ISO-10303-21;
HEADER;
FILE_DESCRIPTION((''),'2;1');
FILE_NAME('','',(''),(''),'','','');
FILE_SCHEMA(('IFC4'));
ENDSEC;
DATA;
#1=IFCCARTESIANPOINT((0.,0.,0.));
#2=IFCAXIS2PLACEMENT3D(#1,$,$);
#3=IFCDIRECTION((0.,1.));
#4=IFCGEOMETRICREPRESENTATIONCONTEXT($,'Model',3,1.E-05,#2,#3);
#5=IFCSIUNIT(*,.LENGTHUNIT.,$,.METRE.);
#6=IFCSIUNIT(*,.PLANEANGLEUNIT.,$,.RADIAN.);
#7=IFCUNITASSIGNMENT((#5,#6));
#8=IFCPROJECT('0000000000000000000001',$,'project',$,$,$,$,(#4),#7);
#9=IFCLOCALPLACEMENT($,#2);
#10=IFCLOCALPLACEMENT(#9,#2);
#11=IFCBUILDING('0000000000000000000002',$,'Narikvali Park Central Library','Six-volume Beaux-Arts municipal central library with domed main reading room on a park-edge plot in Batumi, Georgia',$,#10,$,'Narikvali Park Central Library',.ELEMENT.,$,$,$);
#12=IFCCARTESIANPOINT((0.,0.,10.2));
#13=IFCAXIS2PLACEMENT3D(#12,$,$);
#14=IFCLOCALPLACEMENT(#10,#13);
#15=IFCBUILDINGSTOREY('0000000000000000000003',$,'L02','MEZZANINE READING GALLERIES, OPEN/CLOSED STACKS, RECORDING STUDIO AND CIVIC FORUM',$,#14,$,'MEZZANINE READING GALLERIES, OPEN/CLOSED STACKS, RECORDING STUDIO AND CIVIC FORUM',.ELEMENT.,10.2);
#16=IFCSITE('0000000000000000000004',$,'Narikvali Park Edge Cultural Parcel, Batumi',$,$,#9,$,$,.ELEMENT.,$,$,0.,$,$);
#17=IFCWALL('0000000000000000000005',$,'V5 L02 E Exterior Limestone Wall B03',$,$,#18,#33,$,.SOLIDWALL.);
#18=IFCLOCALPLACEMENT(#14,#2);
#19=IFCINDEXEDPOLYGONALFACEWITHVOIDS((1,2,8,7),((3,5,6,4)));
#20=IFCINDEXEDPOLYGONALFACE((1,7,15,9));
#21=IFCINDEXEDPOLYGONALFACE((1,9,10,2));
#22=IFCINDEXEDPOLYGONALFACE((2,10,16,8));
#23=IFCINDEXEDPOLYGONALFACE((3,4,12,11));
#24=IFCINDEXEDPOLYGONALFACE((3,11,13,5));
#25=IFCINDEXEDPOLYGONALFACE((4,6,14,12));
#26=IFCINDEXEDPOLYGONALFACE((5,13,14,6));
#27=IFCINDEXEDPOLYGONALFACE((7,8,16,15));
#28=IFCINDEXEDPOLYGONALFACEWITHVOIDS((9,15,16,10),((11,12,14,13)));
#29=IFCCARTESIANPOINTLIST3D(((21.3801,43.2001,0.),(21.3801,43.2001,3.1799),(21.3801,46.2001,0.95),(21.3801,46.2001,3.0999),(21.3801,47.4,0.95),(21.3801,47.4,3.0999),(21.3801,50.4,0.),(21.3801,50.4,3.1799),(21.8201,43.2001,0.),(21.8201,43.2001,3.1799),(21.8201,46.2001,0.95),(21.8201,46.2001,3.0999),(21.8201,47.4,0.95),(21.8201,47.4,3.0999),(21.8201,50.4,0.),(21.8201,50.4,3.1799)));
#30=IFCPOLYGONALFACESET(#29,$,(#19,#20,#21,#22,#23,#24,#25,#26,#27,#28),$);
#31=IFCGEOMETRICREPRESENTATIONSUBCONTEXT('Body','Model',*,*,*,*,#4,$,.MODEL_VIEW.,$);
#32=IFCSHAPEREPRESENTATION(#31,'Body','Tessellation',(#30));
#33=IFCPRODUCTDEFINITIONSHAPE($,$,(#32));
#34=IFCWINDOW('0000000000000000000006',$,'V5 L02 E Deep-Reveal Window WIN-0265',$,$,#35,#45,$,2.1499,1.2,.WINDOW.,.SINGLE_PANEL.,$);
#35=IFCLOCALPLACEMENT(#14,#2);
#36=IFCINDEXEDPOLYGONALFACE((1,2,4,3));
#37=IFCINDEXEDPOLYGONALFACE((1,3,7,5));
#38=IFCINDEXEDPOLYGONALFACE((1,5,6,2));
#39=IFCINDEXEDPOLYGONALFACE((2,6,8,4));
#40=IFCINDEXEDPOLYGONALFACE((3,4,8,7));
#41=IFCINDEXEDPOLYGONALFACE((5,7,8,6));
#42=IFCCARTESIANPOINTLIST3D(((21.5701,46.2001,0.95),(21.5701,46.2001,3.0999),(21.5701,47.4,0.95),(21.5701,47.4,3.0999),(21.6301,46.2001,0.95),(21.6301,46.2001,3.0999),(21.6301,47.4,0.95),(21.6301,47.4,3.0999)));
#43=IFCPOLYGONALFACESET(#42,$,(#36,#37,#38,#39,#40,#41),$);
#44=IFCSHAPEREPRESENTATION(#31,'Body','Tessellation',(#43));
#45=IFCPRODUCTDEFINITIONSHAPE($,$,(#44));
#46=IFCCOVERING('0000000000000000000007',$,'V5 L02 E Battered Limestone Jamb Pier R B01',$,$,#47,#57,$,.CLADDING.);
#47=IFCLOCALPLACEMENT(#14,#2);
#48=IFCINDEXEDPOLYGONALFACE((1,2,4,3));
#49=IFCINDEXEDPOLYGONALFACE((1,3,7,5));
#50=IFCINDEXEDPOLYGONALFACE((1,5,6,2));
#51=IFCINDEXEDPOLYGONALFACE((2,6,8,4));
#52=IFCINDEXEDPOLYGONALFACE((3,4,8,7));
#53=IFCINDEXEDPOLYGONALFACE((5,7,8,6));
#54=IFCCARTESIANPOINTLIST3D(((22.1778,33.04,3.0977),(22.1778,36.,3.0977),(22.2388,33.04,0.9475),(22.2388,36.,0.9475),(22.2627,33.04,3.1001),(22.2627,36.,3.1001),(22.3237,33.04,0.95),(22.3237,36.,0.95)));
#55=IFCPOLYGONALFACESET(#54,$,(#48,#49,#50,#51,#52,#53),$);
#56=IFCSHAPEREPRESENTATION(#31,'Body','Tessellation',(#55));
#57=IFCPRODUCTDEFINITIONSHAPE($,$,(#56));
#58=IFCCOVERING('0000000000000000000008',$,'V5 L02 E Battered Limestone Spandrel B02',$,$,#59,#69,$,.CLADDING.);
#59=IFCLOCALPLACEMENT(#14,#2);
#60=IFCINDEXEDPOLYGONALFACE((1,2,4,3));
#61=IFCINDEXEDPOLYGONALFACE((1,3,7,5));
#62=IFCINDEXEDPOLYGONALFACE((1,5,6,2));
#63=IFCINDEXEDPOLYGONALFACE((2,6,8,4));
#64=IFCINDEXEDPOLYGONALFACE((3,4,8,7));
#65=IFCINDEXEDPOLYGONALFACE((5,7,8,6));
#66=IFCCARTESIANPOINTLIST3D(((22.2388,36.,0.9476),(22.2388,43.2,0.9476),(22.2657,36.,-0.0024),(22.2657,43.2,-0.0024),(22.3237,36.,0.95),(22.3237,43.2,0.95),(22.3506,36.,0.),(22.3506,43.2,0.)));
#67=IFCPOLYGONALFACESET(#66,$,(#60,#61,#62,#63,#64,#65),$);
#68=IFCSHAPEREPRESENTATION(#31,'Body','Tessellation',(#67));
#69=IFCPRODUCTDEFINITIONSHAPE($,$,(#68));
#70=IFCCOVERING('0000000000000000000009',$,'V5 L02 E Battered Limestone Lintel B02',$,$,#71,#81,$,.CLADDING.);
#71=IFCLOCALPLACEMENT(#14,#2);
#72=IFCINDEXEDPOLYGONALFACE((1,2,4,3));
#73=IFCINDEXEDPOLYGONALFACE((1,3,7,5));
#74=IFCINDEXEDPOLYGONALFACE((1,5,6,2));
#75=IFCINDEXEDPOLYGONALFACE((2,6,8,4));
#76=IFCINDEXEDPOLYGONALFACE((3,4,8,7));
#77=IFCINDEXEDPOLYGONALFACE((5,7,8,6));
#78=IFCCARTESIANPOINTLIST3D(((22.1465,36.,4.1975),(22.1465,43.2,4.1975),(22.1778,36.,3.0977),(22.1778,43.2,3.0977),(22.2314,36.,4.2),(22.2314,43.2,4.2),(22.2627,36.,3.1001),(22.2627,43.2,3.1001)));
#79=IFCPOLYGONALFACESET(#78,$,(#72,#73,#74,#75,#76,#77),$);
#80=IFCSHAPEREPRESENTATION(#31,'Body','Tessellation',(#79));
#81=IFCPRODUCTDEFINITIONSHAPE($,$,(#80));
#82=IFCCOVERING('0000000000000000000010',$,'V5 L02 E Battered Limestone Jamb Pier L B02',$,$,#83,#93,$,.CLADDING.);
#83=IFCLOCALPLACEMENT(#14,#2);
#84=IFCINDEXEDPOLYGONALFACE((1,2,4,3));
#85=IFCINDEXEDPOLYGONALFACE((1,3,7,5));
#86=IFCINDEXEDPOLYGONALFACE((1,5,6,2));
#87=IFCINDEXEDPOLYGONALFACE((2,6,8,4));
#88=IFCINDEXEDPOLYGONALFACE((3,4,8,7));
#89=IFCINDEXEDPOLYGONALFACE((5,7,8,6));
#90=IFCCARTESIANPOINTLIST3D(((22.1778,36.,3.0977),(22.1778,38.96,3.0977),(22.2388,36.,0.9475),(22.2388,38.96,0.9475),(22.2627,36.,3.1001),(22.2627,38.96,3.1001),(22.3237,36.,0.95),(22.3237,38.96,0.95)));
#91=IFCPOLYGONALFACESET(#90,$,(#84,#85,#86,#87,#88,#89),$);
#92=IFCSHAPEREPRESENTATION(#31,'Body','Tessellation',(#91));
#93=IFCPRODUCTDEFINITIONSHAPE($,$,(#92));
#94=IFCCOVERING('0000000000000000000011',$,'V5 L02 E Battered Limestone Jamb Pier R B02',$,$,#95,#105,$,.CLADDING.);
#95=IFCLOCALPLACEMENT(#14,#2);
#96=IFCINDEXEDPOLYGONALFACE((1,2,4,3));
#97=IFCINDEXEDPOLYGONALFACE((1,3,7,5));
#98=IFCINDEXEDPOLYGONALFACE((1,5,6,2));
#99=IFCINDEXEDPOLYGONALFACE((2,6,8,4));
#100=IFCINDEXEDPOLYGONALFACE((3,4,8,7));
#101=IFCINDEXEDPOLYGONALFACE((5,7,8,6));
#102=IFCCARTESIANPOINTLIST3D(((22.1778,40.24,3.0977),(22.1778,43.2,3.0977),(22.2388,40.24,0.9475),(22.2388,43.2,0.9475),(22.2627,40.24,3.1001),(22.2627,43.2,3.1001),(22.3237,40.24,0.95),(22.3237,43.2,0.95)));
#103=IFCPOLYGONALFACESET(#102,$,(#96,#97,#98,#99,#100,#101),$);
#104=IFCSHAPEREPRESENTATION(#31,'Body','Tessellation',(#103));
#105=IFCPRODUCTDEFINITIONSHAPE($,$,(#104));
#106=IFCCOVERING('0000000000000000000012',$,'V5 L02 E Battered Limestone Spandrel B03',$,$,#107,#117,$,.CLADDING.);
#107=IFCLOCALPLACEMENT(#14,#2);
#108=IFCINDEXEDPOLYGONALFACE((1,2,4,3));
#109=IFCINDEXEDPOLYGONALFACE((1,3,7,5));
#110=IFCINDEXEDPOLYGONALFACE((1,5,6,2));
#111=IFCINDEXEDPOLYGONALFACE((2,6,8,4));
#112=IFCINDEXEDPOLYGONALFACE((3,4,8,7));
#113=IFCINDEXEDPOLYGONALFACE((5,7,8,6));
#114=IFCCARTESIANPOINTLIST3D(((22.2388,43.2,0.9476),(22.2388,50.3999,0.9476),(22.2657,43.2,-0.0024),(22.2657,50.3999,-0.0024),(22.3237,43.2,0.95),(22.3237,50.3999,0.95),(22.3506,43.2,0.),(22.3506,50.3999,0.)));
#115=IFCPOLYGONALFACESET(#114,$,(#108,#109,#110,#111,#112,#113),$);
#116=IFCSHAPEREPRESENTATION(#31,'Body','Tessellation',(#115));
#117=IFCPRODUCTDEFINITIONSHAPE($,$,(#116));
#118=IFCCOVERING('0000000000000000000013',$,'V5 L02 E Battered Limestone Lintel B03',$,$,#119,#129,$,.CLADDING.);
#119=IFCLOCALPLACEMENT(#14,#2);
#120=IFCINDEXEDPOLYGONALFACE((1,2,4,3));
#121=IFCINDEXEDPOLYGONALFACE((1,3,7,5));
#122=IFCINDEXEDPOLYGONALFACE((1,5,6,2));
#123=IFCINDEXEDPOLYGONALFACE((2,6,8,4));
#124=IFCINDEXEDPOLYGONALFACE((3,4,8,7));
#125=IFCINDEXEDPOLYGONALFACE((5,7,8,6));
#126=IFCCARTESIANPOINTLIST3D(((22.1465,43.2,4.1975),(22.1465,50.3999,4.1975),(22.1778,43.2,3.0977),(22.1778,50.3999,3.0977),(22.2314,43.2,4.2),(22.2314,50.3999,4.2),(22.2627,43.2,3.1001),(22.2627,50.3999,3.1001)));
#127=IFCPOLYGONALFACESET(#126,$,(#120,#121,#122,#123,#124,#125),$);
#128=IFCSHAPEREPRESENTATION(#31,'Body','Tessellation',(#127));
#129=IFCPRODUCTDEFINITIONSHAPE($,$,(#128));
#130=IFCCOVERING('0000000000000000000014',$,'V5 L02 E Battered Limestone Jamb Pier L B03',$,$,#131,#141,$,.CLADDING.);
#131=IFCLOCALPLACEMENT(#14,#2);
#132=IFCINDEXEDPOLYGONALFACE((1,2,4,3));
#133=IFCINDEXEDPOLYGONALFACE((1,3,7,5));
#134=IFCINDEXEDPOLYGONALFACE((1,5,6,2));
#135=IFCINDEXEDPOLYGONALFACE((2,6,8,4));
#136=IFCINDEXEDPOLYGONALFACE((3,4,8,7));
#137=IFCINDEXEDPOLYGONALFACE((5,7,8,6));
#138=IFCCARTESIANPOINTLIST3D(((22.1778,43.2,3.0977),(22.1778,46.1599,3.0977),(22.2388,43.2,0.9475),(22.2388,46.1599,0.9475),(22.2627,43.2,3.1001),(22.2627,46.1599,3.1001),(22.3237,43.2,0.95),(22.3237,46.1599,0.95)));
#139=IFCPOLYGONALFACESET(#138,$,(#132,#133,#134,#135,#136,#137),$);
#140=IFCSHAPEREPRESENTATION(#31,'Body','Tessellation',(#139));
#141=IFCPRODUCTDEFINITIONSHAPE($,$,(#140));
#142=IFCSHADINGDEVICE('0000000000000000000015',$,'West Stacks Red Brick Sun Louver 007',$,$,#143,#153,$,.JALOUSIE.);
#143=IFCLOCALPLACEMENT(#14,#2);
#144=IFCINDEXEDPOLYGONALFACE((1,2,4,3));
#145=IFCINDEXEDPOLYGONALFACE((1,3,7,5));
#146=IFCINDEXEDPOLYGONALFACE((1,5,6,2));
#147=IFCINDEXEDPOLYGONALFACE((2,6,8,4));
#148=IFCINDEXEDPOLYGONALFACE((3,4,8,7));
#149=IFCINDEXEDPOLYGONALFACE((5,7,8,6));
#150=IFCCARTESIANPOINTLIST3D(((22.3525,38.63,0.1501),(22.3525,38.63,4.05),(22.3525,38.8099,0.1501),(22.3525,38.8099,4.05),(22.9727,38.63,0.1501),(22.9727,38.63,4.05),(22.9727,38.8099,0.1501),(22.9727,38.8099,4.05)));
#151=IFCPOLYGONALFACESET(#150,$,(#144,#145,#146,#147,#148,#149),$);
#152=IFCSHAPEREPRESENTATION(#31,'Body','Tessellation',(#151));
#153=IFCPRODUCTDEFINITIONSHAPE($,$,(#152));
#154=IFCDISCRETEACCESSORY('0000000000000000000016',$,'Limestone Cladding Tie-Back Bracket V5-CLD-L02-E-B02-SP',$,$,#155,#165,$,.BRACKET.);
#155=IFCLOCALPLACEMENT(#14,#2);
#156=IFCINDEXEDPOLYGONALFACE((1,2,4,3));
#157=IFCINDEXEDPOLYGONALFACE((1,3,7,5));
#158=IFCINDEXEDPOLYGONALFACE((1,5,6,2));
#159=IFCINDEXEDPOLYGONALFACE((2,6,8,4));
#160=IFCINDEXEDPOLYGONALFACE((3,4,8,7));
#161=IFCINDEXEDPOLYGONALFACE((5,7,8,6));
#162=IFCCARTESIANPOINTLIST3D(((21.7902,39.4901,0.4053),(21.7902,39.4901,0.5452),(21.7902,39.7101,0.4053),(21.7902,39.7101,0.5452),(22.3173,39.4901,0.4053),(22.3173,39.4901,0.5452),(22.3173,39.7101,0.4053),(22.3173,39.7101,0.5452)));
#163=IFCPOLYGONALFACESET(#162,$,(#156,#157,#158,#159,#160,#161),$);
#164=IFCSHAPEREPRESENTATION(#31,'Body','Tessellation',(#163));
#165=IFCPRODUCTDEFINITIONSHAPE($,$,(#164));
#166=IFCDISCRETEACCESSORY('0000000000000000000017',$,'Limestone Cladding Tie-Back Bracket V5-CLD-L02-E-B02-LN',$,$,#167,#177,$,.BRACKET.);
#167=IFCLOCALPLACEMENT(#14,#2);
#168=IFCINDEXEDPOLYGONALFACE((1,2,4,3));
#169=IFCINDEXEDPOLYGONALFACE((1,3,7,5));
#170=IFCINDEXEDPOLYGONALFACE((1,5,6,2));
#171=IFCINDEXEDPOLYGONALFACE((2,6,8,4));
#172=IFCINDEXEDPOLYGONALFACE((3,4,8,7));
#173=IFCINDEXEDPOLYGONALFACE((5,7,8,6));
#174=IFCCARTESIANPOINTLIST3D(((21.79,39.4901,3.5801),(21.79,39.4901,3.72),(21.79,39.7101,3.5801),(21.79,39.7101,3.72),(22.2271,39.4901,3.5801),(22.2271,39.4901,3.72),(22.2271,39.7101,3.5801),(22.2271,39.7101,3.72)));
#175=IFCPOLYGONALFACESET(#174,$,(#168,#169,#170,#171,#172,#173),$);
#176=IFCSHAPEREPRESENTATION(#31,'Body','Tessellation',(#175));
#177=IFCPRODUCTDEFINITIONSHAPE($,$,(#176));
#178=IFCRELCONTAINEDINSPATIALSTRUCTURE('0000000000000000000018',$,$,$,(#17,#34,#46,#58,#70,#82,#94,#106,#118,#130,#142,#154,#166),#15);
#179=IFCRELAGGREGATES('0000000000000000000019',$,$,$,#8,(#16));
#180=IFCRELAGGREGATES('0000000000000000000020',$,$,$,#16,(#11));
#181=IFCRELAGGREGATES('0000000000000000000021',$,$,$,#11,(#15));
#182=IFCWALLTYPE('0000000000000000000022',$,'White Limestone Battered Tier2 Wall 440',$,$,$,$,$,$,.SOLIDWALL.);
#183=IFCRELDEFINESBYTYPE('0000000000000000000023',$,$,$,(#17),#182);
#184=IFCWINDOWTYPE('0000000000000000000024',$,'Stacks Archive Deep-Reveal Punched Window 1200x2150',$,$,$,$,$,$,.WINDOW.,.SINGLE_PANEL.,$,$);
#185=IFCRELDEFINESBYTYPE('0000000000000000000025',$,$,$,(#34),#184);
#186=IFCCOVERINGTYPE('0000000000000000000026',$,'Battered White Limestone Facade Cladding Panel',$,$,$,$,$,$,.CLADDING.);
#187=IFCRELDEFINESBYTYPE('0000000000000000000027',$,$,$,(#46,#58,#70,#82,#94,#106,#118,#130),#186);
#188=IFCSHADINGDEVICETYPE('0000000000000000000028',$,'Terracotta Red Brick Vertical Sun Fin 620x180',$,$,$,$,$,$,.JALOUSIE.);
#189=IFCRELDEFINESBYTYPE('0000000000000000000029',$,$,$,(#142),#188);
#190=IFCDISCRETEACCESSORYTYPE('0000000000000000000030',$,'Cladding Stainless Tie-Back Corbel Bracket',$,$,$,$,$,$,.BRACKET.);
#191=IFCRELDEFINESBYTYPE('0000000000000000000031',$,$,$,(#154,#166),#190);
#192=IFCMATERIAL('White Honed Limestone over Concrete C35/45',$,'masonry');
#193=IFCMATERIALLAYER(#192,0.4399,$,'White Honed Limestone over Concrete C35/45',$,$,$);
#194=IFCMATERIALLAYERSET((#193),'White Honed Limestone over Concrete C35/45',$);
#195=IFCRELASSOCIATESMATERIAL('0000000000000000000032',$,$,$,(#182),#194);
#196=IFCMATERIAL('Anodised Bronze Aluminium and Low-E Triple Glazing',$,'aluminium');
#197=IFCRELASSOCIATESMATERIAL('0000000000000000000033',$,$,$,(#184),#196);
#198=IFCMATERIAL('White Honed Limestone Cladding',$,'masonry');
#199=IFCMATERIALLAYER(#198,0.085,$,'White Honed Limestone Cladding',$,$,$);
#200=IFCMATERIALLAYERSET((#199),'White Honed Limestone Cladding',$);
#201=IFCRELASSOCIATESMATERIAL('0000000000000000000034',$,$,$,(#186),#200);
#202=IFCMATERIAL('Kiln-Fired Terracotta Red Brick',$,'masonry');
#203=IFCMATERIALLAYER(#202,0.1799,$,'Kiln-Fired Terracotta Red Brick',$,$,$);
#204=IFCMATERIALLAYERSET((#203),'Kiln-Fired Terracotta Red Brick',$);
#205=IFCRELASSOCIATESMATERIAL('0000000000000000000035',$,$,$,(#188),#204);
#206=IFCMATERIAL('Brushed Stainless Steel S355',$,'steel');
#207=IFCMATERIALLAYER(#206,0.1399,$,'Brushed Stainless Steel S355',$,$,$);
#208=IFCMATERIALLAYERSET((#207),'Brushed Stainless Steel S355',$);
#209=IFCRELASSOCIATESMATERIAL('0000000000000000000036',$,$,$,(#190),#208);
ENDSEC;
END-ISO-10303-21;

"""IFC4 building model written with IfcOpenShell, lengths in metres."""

from ifc_helpers import new_model, si_unit, direction, frame, frame_2d, origin, origin_2d, place, context, subcontext, project, spatial, polyline, rectangle, outline, extrude, material, layer, layer_set, type_object, element, fill, save


model = new_model("IFC4")

# Units and contexts
model_context = context("Model", 3, precision=1e-05, world=origin(), true_north=direction((0.0, 1.0)))
body_context = subcontext(model_context, "Body", "Model", "MODEL_VIEW")
ifc_project = project(units=[si_unit("LENGTHUNIT", "METRE"), si_unit("PLANEANGLEUNIT", "RADIAN")], contexts=[model_context])

# Site, building, storey
site_placement = place(None, origin())
site = spatial("IfcSite", under=ifc_project, at=site_placement, Name="Narikvali Park Edge Cultural Parcel, Batumi", CompositionType="ELEMENT", RefElevation=0.0)
building_placement = place(site_placement, origin())
building = spatial("IfcBuilding", under=site, at=building_placement, Name="Narikvali Park Central Library", Description="Six-volume Beaux-Arts municipal central library with domed main reading room on a park-edge plot in Batumi, Georgia", LongName="Narikvali Park Central Library", CompositionType="ELEMENT")
storey_placement = place(building_placement, frame((0.0, 0.0, 10.2)))
storey = spatial("IfcBuildingStorey", under=building, at=storey_placement, Name="L02", Description="MEZZANINE READING GALLERIES, OPEN/CLOSED STACKS, RECORDING STUDIO AND CIVIC FORUM", LongName="MEZZANINE READING GALLERIES, OPEN/CLOSED STACKS, RECORDING STUDIO AND CIVIC FORUM", CompositionType="ELEMENT", Elevation=10.2)

# Wall, opening, window
ifc_material_1 = material(Name="White Honed Limestone over Concrete C35/45", Category="masonry")
ifc_layer_1 = layer(ifc_material_1, 0.4399, Name="White Honed Limestone over Concrete C35/45")
ifc_layer_set_1 = layer_set([ifc_layer_1], Name="White Honed Limestone over Concrete C35/45")
wall_type = type_object("IfcWallType", Name="White Limestone Battered Tier2 Wall 440", PredefinedType="SOLIDWALL", material=ifc_layer_set_1)
ifc_material_2 = material(Name="Anodised Bronze Aluminium and Low-E Triple Glazing", Category="aluminium")
window_type = type_object("IfcWindowType", Name="Stacks Archive Deep-Reveal Punched Window 1200x2150", PartitioningType="SINGLE_PANEL", PredefinedType="WINDOW", material=ifc_material_2)
wall_1_placement = place(storey_placement, frame((21.6001, 43.2, 0.0), z_axis=(0.0, 0.0, 1.0), x_axis=(0.0, 1.0, 0.0)))
wall_1 = element("IfcWall", 1, at=wall_1_placement, inside=storey, type_object=wall_type, Name="V5 L02 E Exterior Limestone Wall B03", PredefinedType="SOLIDWALL", context=body_context, shape_type="SweptSolid", body=[
    extrude(rectangle(XDim=7.2, YDim=0.4399, at=frame_2d((3.6001, 0.0))), origin(), (0.0, 0.0, 1.0), 3.1799),
])
opening_1_placement = place(wall_1_placement, frame((3.0, 0.0, 0.95)))
opening_1 = element("IfcOpeningElement", 2, at=opening_1_placement, cuts=wall_1, PredefinedType="OPENING", context=body_context, shape_type="SweptSolid", body=[
    extrude(rectangle(XDim=1.2, YDim=2.1499, at=frame_2d((0.6001, 1.075))), frame((0.0, 0.2319, 0.0), z_axis=(0.0, -1.0, 0.0), x_axis=(1.0, 0.0, 0.0)), (0.0, 0.0, 1.0), 0.4639),
])
window_1_placement = place(opening_1_placement, origin())
window_1 = element("IfcWindow", 3, at=window_1_placement, inside=storey, type_object=window_type, Name="V5 L02 E Deep-Reveal Window WIN-0265", OverallHeight=2.1499, OverallWidth=1.2, PartitioningType="SINGLE_PANEL", PredefinedType="WINDOW", context=body_context, shape_type="SweptSolid", body=[
    extrude(rectangle(XDim=1.2, YDim=2.1499, at=frame_2d((0.6001, 1.075))), frame((0.0, 0.03, 0.0), z_axis=(0.0, -1.0, 0.0), x_axis=(1.0, 0.0, 0.0)), (0.0, 0.0, 1.0), 0.0601),
])
fill(opening_1, window_1)

# Coverings
ifc_material_3 = material(Name="White Honed Limestone Cladding", Category="masonry")
ifc_layer_2 = layer(ifc_material_3, 0.085, Name="White Honed Limestone Cladding")
ifc_layer_set_2 = layer_set([ifc_layer_2], Name="White Honed Limestone Cladding")
covering_type = type_object("IfcCoveringType", Name="Battered White Limestone Facade Cladding Panel", PredefinedType="CLADDING", material=ifc_layer_set_2)
covering_1_placement = place(storey_placement, frame((22.3237, 33.04, 0.95), z_axis=(0.999597, 0.0, 0.028375), x_axis=(0.0, 1.0, 0.0)))
element("IfcCovering", 4, at=covering_1_placement, inside=storey, type_object=covering_type, Name="V5 L02 E Battered Limestone Jamb Pier R B01", PredefinedType="CLADDING", context=body_context, shape_type="SweptSolid", body=[
    extrude(outline(polyline([(0.0, 0.0), (2.96, 0.0), (2.96, 2.151), (0.0, 2.151), (0.0, 0.0)])), origin(), (0.0, 0.0, -1.0), 0.085),
])
covering_2_placement = place(storey_placement, frame((22.3506, 36.0, 0.0), z_axis=(0.999601, 0.0, 0.028259), x_axis=(0.0, 1.0, 0.0)))
element("IfcCovering", 5, at=covering_2_placement, inside=storey, type_object=covering_type, Name="V5 L02 E Battered Limestone Spandrel B02", PredefinedType="CLADDING", context=body_context, shape_type="SweptSolid", body=[
    extrude(outline(polyline([(0.0, 0.0), (7.2, 0.0), (7.2, 0.9503), (0.0, 0.9503), (0.0, 0.0)])), origin(), (0.0, 0.0, -1.0), 0.085),
])
covering_3_placement = place(storey_placement, frame((22.2627, 36.0, 3.1001), z_axis=(0.999597, 0.0, 0.028401), x_axis=(0.0, 1.0, 0.0)))
element("IfcCovering", 6, at=covering_3_placement, inside=storey, type_object=covering_type, Name="V5 L02 E Battered Limestone Lintel B02", PredefinedType="CLADDING", context=body_context, shape_type="SweptSolid", body=[
    extrude(outline(polyline([(0.0, 0.0), (7.2, 0.0), (7.2, 1.1003), (0.0, 1.1003), (0.0, 0.0)])), origin(), (0.0, 0.0, -1.0), 0.085),
])
for number, where, z_axis, x_axis, name in (
    (7, (22.3237, 36.0, 0.95), (0.999597, 0.0, 0.028375), (0.0, 1.0, 0.0), "V5 L02 E Battered Limestone Jamb Pier L B02"),
    (8, (22.3237, 40.24, 0.95), (0.999597, 0.0, 0.028375), (0.0, 1.0, 0.0), "V5 L02 E Battered Limestone Jamb Pier R B02"),
):
    element("IfcCovering", number, at=place(storey_placement, frame(where, z_axis=z_axis, x_axis=x_axis)), inside=storey, type_object=covering_type, Name=name, PredefinedType="CLADDING", context=body_context, shape_type="SweptSolid", body=[
        extrude(outline(polyline([(0.0, 0.0), (2.96, 0.0), (2.96, 2.151), (0.0, 2.151), (0.0, 0.0)])), origin(), (0.0, 0.0, -1.0), 0.085),
    ])
covering_4_placement = place(storey_placement, frame((22.3506, 43.2, 0.0), z_axis=(0.999601, 0.0, 0.028259), x_axis=(0.0, 1.0, 0.0)))
element("IfcCovering", 9, at=covering_4_placement, inside=storey, type_object=covering_type, Name="V5 L02 E Battered Limestone Spandrel B03", PredefinedType="CLADDING", context=body_context, shape_type="SweptSolid", body=[
    extrude(outline(polyline([(0.0, 0.0), (7.2, 0.0), (7.2, 0.9503), (0.0, 0.9503), (0.0, 0.0)])), origin(), (0.0, 0.0, -1.0), 0.085),
])
covering_5_placement = place(storey_placement, frame((22.2627, 43.2, 3.1001), z_axis=(0.999597, 0.0, 0.028401), x_axis=(0.0, 1.0, 0.0)))
element("IfcCovering", 10, at=covering_5_placement, inside=storey, type_object=covering_type, Name="V5 L02 E Battered Limestone Lintel B03", PredefinedType="CLADDING", context=body_context, shape_type="SweptSolid", body=[
    extrude(outline(polyline([(0.0, 0.0), (7.2, 0.0), (7.2, 1.1003), (0.0, 1.1003), (0.0, 0.0)])), origin(), (0.0, 0.0, -1.0), 0.085),
])
covering_6_placement = place(storey_placement, frame((22.3237, 43.2, 0.95), z_axis=(0.999597, 0.0, 0.028375), x_axis=(0.0, 1.0, 0.0)))
element("IfcCovering", 11, at=covering_6_placement, inside=storey, type_object=covering_type, Name="V5 L02 E Battered Limestone Jamb Pier L B03", PredefinedType="CLADDING", context=body_context, shape_type="SweptSolid", body=[
    extrude(outline(polyline([(0.0, 0.0), (2.96, 0.0), (2.96, 2.151), (0.0, 2.151), (0.0, 0.0)])), origin(), (0.0, 0.0, -1.0), 0.085),
])

# Shading device
ifc_material_4 = material(Name="Kiln-Fired Terracotta Red Brick", Category="masonry")
ifc_layer_3 = layer(ifc_material_4, 0.1799, Name="Kiln-Fired Terracotta Red Brick")
ifc_layer_set_3 = layer_set([ifc_layer_3], Name="Kiln-Fired Terracotta Red Brick")
shading_device_type = type_object("IfcShadingDeviceType", Name="Terracotta Red Brick Vertical Sun Fin 620x180", PredefinedType="JALOUSIE", material=ifc_layer_set_3)
shading_device_placement = place(storey_placement, frame((22.6626, 38.72, 0.1501), z_axis=(0.0, 0.0, 1.0), x_axis=(1.0, 0.0, 0.0)))
element("IfcShadingDevice", 12, at=shading_device_placement, inside=storey, type_object=shading_device_type, Name="West Stacks Red Brick Sun Louver 007", PredefinedType="JALOUSIE", context=body_context, shape_type="SweptSolid", body=[
    extrude(rectangle(XDim=0.6201, YDim=0.1799, at=origin_2d()), origin(), (0.0, 0.0, 1.0), 3.8999),
])

# Discrete accessories
ifc_material_5 = material(Name="Brushed Stainless Steel S355", Category="steel")
ifc_layer_4 = layer(ifc_material_5, 0.1399, Name="Brushed Stainless Steel S355")
ifc_layer_set_4 = layer_set([ifc_layer_4], Name="Brushed Stainless Steel S355")
discrete_accessory_type = type_object("IfcDiscreteAccessoryType", Name="Cladding Stainless Tie-Back Corbel Bracket", PredefinedType="BRACKET", material=ifc_layer_set_4)
discrete_accessory_1_placement = place(storey_placement, frame((22.0537, 39.6001, 0.4053), z_axis=(0.0, 0.0, 1.0), x_axis=(1.0, 0.0, 0.0)))
element("IfcDiscreteAccessory", 13, at=discrete_accessory_1_placement, inside=storey, type_object=discrete_accessory_type, Name="Limestone Cladding Tie-Back Bracket V5-CLD-L02-E-B02-SP", PredefinedType="BRACKET", context=body_context, shape_type="SweptSolid", body=[
    extrude(rectangle(XDim=0.5271, YDim=0.22, at=origin_2d()), origin(), (0.0, 0.0, 1.0), 0.1399),
])
discrete_accessory_2_placement = place(storey_placement, frame((22.0085, 39.6001, 3.5801), z_axis=(0.0, 0.0, 1.0), x_axis=(1.0, 0.0, 0.0)))
element("IfcDiscreteAccessory", 14, at=discrete_accessory_2_placement, inside=storey, type_object=discrete_accessory_type, Name="Limestone Cladding Tie-Back Bracket V5-CLD-L02-E-B02-LN", PredefinedType="BRACKET", context=body_context, shape_type="SweptSolid", body=[
    extrude(rectangle(XDim=0.437, YDim=0.22, at=origin_2d()), origin(), (0.0, 0.0, 1.0), 0.1399),
])

save(model, "model.ifc")
